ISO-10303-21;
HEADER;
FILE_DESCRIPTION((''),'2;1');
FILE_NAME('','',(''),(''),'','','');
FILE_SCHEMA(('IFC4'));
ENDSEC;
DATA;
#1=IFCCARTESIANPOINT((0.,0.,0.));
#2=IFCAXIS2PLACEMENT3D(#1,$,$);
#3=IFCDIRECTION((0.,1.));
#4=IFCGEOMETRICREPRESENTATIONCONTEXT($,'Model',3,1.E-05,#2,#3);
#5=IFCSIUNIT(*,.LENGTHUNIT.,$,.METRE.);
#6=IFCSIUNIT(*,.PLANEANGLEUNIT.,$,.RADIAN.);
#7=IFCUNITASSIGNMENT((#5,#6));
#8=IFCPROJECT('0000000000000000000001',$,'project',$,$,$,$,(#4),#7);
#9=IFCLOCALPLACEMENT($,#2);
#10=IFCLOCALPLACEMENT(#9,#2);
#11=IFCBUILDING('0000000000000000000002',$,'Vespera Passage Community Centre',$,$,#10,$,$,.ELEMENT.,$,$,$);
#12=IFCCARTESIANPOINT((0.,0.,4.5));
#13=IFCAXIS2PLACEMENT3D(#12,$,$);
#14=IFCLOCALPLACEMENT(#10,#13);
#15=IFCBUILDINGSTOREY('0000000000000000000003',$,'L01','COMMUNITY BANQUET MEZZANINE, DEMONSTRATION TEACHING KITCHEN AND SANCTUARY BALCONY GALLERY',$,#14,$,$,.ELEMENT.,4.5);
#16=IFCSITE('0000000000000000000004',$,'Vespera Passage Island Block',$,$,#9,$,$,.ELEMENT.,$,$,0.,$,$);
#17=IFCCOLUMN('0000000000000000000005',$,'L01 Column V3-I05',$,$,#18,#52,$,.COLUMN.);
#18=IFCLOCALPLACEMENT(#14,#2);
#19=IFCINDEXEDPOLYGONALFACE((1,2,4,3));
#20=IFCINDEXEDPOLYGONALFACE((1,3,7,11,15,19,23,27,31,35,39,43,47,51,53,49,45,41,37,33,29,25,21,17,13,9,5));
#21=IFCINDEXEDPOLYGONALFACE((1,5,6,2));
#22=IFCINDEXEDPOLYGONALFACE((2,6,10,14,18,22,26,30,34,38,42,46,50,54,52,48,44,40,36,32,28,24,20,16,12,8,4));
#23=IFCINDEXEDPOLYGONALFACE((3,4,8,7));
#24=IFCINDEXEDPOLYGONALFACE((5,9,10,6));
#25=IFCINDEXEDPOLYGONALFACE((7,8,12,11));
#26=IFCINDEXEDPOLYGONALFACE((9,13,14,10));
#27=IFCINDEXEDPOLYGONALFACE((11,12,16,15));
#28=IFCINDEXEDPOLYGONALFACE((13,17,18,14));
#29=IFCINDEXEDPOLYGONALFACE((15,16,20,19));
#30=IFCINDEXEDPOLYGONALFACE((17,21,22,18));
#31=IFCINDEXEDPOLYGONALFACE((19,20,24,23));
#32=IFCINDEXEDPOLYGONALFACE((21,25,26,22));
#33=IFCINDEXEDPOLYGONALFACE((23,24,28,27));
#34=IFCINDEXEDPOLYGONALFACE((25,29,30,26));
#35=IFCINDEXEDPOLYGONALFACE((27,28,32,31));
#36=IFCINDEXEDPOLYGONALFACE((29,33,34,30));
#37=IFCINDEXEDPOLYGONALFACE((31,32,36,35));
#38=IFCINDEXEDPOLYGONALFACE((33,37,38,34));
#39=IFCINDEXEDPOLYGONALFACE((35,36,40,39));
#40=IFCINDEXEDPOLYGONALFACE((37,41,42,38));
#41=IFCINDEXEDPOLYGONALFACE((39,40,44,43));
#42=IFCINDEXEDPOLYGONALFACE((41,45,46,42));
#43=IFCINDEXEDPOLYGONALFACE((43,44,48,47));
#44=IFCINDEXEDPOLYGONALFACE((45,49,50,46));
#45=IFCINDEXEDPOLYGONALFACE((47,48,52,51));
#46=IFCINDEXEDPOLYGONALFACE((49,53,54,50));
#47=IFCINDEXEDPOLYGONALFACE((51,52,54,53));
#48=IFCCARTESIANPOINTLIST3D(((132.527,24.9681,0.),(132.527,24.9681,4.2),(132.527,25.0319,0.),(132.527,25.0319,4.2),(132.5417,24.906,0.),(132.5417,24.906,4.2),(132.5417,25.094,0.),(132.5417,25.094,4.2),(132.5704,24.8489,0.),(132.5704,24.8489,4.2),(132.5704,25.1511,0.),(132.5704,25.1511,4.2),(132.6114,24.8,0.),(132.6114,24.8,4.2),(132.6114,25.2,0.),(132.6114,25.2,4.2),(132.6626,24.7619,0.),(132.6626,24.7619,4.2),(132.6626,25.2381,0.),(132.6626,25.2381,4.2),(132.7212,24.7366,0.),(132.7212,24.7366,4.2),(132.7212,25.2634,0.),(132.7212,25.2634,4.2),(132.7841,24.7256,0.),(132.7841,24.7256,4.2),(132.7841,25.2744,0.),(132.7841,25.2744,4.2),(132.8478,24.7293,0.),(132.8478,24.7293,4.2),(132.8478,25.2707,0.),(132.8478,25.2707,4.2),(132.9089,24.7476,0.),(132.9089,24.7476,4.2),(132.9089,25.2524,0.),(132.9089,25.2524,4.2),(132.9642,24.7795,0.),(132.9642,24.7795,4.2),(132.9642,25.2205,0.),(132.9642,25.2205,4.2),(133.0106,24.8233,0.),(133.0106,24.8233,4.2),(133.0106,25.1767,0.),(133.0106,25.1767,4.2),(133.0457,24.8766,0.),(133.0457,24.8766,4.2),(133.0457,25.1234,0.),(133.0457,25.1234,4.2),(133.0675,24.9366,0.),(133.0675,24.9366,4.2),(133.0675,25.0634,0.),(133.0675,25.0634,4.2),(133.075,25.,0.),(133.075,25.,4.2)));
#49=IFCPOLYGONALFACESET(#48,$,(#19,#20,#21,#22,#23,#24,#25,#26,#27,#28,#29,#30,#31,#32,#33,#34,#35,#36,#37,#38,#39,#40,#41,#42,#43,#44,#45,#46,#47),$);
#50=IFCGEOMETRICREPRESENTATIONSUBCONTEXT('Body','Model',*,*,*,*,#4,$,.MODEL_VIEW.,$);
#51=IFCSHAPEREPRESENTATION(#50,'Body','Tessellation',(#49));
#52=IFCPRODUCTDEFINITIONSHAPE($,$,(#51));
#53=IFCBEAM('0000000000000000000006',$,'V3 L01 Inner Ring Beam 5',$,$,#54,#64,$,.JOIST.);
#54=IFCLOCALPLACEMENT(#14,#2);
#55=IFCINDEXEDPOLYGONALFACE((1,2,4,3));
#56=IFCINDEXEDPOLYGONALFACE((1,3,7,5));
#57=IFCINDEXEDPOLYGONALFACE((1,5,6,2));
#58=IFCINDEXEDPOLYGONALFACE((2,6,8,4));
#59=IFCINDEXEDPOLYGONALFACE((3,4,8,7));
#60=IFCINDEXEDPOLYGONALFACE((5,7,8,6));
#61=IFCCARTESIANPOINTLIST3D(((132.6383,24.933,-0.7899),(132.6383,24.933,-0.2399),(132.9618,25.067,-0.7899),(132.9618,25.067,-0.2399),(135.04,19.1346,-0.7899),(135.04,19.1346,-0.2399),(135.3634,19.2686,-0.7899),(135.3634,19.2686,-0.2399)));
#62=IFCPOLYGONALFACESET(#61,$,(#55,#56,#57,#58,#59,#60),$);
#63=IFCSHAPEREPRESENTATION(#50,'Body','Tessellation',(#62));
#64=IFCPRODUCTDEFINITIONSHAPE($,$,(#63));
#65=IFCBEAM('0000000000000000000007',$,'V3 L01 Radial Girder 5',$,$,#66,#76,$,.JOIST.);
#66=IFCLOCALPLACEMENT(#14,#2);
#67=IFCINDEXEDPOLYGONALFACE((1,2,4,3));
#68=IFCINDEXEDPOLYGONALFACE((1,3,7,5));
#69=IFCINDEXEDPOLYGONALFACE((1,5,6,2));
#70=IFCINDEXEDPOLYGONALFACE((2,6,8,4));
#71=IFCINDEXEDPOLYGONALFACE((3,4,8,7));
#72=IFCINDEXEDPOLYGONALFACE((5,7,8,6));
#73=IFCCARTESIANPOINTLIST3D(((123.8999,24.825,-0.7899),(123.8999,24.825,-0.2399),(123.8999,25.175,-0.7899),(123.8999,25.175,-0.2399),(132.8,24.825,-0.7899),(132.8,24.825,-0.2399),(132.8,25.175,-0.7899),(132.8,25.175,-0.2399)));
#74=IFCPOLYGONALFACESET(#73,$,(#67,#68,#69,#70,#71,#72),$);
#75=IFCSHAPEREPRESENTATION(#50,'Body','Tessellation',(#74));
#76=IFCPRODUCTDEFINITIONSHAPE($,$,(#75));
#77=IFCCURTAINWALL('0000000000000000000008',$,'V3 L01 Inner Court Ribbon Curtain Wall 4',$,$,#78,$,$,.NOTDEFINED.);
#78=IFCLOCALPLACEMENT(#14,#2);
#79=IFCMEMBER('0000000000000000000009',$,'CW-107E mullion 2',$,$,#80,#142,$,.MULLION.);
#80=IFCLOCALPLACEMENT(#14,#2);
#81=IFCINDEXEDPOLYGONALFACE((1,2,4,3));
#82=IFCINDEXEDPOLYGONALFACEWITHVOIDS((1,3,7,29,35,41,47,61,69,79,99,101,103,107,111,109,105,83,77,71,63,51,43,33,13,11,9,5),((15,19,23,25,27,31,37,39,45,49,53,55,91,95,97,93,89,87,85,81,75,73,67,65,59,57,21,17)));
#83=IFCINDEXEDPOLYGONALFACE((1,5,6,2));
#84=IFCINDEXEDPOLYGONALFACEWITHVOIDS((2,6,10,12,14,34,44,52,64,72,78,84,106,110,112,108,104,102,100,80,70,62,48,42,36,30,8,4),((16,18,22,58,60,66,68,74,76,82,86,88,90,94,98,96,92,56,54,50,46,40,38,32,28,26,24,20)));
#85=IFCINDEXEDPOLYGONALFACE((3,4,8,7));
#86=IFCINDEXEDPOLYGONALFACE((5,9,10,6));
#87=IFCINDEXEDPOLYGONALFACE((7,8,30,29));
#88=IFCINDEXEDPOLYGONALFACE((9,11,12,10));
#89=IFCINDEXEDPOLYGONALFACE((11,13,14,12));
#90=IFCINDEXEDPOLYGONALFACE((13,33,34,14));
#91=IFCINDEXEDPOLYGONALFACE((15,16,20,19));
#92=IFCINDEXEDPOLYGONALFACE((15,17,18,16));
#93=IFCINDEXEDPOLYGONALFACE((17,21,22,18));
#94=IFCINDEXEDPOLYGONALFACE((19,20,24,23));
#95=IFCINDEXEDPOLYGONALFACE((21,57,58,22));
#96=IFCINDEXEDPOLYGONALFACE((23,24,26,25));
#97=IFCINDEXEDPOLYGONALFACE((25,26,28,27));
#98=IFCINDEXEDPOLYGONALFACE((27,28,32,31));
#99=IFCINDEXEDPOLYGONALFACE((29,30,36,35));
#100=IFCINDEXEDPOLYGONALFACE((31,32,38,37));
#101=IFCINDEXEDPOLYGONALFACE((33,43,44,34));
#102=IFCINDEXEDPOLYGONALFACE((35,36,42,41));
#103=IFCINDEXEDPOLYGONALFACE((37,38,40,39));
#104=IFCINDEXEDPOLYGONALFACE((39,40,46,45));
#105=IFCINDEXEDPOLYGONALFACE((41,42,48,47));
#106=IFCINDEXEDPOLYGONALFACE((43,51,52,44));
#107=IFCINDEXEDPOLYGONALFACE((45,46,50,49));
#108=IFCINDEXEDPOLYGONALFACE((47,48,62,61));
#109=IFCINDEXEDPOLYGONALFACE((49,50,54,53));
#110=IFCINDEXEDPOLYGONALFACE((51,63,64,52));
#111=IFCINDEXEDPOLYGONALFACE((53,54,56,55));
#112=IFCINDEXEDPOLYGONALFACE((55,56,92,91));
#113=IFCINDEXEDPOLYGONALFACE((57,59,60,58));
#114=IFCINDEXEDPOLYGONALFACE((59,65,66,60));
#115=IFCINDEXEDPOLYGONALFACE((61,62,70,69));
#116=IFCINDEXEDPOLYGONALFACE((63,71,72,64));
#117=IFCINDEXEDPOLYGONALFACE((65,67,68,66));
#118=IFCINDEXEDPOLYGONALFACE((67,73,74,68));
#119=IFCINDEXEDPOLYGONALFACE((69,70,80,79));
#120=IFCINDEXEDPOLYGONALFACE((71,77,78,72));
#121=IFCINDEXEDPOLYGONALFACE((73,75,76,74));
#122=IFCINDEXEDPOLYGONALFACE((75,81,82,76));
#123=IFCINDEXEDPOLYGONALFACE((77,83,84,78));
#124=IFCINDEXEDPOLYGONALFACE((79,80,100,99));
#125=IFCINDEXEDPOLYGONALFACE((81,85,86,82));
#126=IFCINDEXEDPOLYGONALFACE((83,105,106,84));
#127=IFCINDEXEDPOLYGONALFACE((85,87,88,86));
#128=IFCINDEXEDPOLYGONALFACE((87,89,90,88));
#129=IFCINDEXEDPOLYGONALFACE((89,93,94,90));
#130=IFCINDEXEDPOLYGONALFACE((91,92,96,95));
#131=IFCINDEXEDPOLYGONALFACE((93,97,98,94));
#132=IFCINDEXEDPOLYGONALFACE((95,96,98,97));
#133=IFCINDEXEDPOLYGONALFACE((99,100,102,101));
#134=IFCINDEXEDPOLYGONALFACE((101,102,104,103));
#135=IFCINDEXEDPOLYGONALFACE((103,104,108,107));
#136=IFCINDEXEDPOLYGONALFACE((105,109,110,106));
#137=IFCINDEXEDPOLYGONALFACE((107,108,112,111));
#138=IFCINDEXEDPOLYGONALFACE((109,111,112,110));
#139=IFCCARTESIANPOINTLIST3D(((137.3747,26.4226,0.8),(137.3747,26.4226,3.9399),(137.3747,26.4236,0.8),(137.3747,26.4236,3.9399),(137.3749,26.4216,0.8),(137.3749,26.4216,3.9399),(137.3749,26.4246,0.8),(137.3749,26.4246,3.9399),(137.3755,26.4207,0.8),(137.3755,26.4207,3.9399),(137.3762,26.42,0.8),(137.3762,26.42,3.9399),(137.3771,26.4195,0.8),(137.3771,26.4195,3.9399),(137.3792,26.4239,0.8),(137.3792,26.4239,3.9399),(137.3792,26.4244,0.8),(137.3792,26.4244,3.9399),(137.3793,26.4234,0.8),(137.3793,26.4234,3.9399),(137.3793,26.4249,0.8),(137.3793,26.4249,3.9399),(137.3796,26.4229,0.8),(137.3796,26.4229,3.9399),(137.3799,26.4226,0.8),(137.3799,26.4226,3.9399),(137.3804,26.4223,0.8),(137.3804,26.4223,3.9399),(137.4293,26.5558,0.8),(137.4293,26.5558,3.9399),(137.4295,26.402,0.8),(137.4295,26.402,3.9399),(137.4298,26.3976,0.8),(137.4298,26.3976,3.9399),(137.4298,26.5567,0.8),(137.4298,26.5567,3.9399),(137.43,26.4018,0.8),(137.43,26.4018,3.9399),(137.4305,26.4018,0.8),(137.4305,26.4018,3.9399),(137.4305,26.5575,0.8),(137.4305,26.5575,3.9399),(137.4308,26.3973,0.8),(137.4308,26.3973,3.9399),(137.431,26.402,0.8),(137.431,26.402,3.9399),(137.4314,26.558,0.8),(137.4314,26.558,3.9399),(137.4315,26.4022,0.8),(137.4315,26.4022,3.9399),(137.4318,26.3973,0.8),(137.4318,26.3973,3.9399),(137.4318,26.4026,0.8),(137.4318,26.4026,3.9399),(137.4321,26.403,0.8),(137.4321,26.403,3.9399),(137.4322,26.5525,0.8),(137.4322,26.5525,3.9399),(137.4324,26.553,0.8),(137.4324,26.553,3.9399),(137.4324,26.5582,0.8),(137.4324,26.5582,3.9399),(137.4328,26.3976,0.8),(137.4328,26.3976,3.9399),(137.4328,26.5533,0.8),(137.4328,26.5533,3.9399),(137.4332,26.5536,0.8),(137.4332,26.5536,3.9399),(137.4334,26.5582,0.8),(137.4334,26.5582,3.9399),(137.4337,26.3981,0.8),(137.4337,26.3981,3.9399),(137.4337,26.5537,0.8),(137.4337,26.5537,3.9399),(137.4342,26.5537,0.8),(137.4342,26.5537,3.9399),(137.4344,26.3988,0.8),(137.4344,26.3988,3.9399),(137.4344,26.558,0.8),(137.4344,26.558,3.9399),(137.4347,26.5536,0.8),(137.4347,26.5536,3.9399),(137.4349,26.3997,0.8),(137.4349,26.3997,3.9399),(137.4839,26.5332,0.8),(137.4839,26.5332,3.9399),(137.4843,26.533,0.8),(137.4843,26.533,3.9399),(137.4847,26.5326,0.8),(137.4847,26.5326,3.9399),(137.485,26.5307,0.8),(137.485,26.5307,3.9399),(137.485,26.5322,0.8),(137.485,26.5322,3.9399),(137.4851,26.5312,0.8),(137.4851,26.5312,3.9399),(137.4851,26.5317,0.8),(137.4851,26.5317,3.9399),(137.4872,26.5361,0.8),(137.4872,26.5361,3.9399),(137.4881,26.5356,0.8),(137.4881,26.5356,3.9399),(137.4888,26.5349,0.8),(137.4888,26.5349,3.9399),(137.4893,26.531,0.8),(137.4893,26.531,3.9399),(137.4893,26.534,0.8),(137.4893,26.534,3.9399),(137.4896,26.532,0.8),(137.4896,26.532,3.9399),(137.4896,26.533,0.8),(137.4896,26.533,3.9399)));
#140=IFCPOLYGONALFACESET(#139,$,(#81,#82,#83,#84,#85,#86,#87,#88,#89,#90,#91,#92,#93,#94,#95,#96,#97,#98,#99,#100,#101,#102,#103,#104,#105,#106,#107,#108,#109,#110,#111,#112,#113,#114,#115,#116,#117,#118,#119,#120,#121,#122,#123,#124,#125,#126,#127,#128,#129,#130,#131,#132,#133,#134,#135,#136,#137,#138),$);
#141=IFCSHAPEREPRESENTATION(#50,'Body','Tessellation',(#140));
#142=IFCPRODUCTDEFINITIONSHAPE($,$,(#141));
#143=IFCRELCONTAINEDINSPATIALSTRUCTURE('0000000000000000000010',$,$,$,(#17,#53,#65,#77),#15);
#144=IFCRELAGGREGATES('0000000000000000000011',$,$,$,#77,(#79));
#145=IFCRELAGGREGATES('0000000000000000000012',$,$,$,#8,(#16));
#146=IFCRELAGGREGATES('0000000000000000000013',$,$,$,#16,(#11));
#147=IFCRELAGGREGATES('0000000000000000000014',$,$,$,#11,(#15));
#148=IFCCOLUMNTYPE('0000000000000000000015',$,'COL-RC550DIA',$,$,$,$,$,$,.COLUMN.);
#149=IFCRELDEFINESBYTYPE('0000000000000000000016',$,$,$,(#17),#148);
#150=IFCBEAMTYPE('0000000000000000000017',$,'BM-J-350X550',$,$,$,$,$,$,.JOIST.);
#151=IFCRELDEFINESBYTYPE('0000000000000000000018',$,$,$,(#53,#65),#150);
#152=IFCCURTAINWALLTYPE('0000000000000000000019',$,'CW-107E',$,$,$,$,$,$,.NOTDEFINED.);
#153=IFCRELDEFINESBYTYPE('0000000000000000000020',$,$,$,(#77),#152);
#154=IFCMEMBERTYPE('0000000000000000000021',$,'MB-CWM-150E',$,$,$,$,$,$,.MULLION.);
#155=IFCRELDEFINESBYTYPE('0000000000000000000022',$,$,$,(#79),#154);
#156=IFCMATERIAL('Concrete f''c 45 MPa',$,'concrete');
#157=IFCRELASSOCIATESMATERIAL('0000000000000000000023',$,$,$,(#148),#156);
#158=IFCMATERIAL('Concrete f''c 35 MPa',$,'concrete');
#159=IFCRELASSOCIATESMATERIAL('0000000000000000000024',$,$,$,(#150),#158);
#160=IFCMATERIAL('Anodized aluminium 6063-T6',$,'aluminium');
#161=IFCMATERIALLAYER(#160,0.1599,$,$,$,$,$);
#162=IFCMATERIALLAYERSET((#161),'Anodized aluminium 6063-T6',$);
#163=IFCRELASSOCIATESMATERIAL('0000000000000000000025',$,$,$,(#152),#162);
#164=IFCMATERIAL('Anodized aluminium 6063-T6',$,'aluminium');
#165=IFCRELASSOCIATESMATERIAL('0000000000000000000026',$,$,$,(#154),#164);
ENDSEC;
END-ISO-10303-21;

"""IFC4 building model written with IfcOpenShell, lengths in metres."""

from ifc_helpers import new_model, si_unit, direction, frame, origin, origin_2d, place, context, subcontext, project, spatial, rectangle, hollow_rectangle, circle, extrude, material, layer, layer_set, material_profile, profile_set, type_object, element, aggregate, save


model = new_model("IFC4")

# Units and contexts
model_context = context("Model", 3, precision=1e-05, world=origin(), true_north=direction((0.0, 1.0)))
body_context = subcontext(model_context, "Body", "Model", "MODEL_VIEW")
ifc_project = project(units=[si_unit("LENGTHUNIT", "METRE"), si_unit("PLANEANGLEUNIT", "RADIAN")], contexts=[model_context])

# Site, building, storey
site_placement = place(None, origin())
site = spatial("IfcSite", under=ifc_project, at=site_placement, Name="Vespera Passage Island Block", CompositionType="ELEMENT", RefElevation=0.0)
building_placement = place(site_placement, origin())
building = spatial("IfcBuilding", under=site, at=building_placement, Name="Vespera Passage Community Centre", CompositionType="ELEMENT")
storey_placement = place(building_placement, frame((0.0, 0.0, 4.5)))
storey = spatial("IfcBuildingStorey", under=building, at=storey_placement, Name="L01", Description="COMMUNITY BANQUET MEZZANINE, DEMONSTRATION TEACHING KITCHEN AND SANCTUARY BALCONY GALLERY", CompositionType="ELEMENT", Elevation=4.5)

# Column
ifc_material_1 = material(Name="Concrete f'c 45 MPa", Category="concrete")
ifc_material_profile_1 = material_profile(ifc_material_1, circle(Radius=0.2749, at=origin_2d()), Name="RC550DIA")
ifc_profile_set_1 = profile_set([ifc_material_profile_1], Name="Concrete f'c 45 MPa")
column_type = type_object("IfcColumnType", Name="COL-RC550DIA", PredefinedType="COLUMN", material=ifc_profile_set_1)
column_placement = place(storey_placement, frame((132.8, 25.0, 0.0), z_axis=(0.0, 0.0, 1.0), x_axis=(1.0, 0.0, 0.0)))
element("IfcColumn", 1, at=column_placement, inside=storey, type_object=column_type, Name="L01 Column V3-I05", PredefinedType="COLUMN", context=body_context, shape_type="SweptSolid", body=[
    extrude(circle(Radius=0.2749, at=origin_2d()), origin(), (0.0, 0.0, 1.0), 4.2),
])

# Beams
ifc_material_2 = material(Name="Concrete f'c 35 MPa", Category="concrete")
ifc_material_profile_2 = material_profile(ifc_material_2, rectangle(XDim=0.3501, YDim=0.55, at=origin_2d()), Name="RC350X550")
ifc_profile_set_2 = profile_set([ifc_material_profile_2], Name="Concrete f'c 35 MPa")
beam_type = type_object("IfcBeamType", Name="BM-J-350X550", PredefinedType="JOIST", material=ifc_profile_set_2)
beam_1_placement = place(storey_placement, frame((132.8, 25.0, -0.5149), z_axis=(0.382664, -0.923887, 0.0), x_axis=(0.923887, 0.382664, 0.0)))
element("IfcBeam", 2, at=beam_1_placement, inside=storey, type_object=beam_type, Name="V3 L01 Inner Ring Beam 5", PredefinedType="JOIST", context=body_context, shape_type="SweptSolid", body=[
    extrude(rectangle(XDim=0.3501, YDim=0.55, at=origin_2d()), origin(), (0.0, 0.0, 1.0), 6.2761),
])
beam_2_placement = place(storey_placement, frame((132.8, 25.0, -0.5149), z_axis=(-1.0, 0.0, 0.0), x_axis=(0.0, -1.0, 0.0)))
element("IfcBeam", 3, at=beam_2_placement, inside=storey, type_object=beam_type, Name="V3 L01 Radial Girder 5", PredefinedType="JOIST", context=body_context, shape_type="SweptSolid", body=[
    extrude(rectangle(XDim=0.3501, YDim=0.55, at=origin_2d()), origin(), (0.0, 0.0, 1.0), 8.9001),
])

# Curtain wall, member
ifc_material_3 = material(Name="Anodized aluminium 6063-T6", Category="aluminium")
ifc_layer_1 = layer(ifc_material_3, 0.1599)
ifc_layer_set_1 = layer_set([ifc_layer_1], Name="Anodized aluminium 6063-T6")
curtain_wall_type = type_object("IfcCurtainWallType", Name="CW-107E", PredefinedType="NOTDEFINED", material=ifc_layer_set_1)
curtain_wall_1_placement = place(storey_placement, origin())
curtain_wall_1 = element("IfcCurtainWall", 4, at=curtain_wall_1_placement, inside=storey, type_object=curtain_wall_type, Name="V3 L01 Inner Court Ribbon Curtain Wall 4", PredefinedType="NOTDEFINED")
ifc_material_4 = material(Name="Anodized aluminium 6063-T6", Category="aluminium")
ifc_material_profile_3 = material_profile(ifc_material_4, hollow_rectangle(XDim=0.0649, YDim=0.1499, WallThickness=0.0039, InnerFilletRadius=0.002, OuterFilletRadius=0.0039, at=origin_2d()), Name="ALU150X65X4")
ifc_profile_set_3 = profile_set([ifc_material_profile_3], Name="Anodized aluminium 6063-T6")
member_type_1 = type_object("IfcMemberType", Name="MB-CWM-150E", PredefinedType="MULLION", material=ifc_profile_set_3)
member_1_placement = place(storey_placement, frame((137.4321, 26.4778, 0.8), z_axis=(0.0, 0.0, 1.0), x_axis=(0.923879, -0.382686, 0.0)))
member_1 = element("IfcMember", 5, at=member_1_placement, type_object=member_type_1, Name="CW-107E mullion 2", PredefinedType="MULLION", context=body_context, shape_type="SweptSolid", body=[
    extrude(hollow_rectangle(XDim=0.0649, YDim=0.1499, WallThickness=0.0039, InnerFilletRadius=0.002, OuterFilletRadius=0.0039, at=origin_2d()), origin(), (0.0, 0.0, 1.0), 3.1399),
])

aggregate(curtain_wall_1, [member_1])

save(model, "model.ifc")
